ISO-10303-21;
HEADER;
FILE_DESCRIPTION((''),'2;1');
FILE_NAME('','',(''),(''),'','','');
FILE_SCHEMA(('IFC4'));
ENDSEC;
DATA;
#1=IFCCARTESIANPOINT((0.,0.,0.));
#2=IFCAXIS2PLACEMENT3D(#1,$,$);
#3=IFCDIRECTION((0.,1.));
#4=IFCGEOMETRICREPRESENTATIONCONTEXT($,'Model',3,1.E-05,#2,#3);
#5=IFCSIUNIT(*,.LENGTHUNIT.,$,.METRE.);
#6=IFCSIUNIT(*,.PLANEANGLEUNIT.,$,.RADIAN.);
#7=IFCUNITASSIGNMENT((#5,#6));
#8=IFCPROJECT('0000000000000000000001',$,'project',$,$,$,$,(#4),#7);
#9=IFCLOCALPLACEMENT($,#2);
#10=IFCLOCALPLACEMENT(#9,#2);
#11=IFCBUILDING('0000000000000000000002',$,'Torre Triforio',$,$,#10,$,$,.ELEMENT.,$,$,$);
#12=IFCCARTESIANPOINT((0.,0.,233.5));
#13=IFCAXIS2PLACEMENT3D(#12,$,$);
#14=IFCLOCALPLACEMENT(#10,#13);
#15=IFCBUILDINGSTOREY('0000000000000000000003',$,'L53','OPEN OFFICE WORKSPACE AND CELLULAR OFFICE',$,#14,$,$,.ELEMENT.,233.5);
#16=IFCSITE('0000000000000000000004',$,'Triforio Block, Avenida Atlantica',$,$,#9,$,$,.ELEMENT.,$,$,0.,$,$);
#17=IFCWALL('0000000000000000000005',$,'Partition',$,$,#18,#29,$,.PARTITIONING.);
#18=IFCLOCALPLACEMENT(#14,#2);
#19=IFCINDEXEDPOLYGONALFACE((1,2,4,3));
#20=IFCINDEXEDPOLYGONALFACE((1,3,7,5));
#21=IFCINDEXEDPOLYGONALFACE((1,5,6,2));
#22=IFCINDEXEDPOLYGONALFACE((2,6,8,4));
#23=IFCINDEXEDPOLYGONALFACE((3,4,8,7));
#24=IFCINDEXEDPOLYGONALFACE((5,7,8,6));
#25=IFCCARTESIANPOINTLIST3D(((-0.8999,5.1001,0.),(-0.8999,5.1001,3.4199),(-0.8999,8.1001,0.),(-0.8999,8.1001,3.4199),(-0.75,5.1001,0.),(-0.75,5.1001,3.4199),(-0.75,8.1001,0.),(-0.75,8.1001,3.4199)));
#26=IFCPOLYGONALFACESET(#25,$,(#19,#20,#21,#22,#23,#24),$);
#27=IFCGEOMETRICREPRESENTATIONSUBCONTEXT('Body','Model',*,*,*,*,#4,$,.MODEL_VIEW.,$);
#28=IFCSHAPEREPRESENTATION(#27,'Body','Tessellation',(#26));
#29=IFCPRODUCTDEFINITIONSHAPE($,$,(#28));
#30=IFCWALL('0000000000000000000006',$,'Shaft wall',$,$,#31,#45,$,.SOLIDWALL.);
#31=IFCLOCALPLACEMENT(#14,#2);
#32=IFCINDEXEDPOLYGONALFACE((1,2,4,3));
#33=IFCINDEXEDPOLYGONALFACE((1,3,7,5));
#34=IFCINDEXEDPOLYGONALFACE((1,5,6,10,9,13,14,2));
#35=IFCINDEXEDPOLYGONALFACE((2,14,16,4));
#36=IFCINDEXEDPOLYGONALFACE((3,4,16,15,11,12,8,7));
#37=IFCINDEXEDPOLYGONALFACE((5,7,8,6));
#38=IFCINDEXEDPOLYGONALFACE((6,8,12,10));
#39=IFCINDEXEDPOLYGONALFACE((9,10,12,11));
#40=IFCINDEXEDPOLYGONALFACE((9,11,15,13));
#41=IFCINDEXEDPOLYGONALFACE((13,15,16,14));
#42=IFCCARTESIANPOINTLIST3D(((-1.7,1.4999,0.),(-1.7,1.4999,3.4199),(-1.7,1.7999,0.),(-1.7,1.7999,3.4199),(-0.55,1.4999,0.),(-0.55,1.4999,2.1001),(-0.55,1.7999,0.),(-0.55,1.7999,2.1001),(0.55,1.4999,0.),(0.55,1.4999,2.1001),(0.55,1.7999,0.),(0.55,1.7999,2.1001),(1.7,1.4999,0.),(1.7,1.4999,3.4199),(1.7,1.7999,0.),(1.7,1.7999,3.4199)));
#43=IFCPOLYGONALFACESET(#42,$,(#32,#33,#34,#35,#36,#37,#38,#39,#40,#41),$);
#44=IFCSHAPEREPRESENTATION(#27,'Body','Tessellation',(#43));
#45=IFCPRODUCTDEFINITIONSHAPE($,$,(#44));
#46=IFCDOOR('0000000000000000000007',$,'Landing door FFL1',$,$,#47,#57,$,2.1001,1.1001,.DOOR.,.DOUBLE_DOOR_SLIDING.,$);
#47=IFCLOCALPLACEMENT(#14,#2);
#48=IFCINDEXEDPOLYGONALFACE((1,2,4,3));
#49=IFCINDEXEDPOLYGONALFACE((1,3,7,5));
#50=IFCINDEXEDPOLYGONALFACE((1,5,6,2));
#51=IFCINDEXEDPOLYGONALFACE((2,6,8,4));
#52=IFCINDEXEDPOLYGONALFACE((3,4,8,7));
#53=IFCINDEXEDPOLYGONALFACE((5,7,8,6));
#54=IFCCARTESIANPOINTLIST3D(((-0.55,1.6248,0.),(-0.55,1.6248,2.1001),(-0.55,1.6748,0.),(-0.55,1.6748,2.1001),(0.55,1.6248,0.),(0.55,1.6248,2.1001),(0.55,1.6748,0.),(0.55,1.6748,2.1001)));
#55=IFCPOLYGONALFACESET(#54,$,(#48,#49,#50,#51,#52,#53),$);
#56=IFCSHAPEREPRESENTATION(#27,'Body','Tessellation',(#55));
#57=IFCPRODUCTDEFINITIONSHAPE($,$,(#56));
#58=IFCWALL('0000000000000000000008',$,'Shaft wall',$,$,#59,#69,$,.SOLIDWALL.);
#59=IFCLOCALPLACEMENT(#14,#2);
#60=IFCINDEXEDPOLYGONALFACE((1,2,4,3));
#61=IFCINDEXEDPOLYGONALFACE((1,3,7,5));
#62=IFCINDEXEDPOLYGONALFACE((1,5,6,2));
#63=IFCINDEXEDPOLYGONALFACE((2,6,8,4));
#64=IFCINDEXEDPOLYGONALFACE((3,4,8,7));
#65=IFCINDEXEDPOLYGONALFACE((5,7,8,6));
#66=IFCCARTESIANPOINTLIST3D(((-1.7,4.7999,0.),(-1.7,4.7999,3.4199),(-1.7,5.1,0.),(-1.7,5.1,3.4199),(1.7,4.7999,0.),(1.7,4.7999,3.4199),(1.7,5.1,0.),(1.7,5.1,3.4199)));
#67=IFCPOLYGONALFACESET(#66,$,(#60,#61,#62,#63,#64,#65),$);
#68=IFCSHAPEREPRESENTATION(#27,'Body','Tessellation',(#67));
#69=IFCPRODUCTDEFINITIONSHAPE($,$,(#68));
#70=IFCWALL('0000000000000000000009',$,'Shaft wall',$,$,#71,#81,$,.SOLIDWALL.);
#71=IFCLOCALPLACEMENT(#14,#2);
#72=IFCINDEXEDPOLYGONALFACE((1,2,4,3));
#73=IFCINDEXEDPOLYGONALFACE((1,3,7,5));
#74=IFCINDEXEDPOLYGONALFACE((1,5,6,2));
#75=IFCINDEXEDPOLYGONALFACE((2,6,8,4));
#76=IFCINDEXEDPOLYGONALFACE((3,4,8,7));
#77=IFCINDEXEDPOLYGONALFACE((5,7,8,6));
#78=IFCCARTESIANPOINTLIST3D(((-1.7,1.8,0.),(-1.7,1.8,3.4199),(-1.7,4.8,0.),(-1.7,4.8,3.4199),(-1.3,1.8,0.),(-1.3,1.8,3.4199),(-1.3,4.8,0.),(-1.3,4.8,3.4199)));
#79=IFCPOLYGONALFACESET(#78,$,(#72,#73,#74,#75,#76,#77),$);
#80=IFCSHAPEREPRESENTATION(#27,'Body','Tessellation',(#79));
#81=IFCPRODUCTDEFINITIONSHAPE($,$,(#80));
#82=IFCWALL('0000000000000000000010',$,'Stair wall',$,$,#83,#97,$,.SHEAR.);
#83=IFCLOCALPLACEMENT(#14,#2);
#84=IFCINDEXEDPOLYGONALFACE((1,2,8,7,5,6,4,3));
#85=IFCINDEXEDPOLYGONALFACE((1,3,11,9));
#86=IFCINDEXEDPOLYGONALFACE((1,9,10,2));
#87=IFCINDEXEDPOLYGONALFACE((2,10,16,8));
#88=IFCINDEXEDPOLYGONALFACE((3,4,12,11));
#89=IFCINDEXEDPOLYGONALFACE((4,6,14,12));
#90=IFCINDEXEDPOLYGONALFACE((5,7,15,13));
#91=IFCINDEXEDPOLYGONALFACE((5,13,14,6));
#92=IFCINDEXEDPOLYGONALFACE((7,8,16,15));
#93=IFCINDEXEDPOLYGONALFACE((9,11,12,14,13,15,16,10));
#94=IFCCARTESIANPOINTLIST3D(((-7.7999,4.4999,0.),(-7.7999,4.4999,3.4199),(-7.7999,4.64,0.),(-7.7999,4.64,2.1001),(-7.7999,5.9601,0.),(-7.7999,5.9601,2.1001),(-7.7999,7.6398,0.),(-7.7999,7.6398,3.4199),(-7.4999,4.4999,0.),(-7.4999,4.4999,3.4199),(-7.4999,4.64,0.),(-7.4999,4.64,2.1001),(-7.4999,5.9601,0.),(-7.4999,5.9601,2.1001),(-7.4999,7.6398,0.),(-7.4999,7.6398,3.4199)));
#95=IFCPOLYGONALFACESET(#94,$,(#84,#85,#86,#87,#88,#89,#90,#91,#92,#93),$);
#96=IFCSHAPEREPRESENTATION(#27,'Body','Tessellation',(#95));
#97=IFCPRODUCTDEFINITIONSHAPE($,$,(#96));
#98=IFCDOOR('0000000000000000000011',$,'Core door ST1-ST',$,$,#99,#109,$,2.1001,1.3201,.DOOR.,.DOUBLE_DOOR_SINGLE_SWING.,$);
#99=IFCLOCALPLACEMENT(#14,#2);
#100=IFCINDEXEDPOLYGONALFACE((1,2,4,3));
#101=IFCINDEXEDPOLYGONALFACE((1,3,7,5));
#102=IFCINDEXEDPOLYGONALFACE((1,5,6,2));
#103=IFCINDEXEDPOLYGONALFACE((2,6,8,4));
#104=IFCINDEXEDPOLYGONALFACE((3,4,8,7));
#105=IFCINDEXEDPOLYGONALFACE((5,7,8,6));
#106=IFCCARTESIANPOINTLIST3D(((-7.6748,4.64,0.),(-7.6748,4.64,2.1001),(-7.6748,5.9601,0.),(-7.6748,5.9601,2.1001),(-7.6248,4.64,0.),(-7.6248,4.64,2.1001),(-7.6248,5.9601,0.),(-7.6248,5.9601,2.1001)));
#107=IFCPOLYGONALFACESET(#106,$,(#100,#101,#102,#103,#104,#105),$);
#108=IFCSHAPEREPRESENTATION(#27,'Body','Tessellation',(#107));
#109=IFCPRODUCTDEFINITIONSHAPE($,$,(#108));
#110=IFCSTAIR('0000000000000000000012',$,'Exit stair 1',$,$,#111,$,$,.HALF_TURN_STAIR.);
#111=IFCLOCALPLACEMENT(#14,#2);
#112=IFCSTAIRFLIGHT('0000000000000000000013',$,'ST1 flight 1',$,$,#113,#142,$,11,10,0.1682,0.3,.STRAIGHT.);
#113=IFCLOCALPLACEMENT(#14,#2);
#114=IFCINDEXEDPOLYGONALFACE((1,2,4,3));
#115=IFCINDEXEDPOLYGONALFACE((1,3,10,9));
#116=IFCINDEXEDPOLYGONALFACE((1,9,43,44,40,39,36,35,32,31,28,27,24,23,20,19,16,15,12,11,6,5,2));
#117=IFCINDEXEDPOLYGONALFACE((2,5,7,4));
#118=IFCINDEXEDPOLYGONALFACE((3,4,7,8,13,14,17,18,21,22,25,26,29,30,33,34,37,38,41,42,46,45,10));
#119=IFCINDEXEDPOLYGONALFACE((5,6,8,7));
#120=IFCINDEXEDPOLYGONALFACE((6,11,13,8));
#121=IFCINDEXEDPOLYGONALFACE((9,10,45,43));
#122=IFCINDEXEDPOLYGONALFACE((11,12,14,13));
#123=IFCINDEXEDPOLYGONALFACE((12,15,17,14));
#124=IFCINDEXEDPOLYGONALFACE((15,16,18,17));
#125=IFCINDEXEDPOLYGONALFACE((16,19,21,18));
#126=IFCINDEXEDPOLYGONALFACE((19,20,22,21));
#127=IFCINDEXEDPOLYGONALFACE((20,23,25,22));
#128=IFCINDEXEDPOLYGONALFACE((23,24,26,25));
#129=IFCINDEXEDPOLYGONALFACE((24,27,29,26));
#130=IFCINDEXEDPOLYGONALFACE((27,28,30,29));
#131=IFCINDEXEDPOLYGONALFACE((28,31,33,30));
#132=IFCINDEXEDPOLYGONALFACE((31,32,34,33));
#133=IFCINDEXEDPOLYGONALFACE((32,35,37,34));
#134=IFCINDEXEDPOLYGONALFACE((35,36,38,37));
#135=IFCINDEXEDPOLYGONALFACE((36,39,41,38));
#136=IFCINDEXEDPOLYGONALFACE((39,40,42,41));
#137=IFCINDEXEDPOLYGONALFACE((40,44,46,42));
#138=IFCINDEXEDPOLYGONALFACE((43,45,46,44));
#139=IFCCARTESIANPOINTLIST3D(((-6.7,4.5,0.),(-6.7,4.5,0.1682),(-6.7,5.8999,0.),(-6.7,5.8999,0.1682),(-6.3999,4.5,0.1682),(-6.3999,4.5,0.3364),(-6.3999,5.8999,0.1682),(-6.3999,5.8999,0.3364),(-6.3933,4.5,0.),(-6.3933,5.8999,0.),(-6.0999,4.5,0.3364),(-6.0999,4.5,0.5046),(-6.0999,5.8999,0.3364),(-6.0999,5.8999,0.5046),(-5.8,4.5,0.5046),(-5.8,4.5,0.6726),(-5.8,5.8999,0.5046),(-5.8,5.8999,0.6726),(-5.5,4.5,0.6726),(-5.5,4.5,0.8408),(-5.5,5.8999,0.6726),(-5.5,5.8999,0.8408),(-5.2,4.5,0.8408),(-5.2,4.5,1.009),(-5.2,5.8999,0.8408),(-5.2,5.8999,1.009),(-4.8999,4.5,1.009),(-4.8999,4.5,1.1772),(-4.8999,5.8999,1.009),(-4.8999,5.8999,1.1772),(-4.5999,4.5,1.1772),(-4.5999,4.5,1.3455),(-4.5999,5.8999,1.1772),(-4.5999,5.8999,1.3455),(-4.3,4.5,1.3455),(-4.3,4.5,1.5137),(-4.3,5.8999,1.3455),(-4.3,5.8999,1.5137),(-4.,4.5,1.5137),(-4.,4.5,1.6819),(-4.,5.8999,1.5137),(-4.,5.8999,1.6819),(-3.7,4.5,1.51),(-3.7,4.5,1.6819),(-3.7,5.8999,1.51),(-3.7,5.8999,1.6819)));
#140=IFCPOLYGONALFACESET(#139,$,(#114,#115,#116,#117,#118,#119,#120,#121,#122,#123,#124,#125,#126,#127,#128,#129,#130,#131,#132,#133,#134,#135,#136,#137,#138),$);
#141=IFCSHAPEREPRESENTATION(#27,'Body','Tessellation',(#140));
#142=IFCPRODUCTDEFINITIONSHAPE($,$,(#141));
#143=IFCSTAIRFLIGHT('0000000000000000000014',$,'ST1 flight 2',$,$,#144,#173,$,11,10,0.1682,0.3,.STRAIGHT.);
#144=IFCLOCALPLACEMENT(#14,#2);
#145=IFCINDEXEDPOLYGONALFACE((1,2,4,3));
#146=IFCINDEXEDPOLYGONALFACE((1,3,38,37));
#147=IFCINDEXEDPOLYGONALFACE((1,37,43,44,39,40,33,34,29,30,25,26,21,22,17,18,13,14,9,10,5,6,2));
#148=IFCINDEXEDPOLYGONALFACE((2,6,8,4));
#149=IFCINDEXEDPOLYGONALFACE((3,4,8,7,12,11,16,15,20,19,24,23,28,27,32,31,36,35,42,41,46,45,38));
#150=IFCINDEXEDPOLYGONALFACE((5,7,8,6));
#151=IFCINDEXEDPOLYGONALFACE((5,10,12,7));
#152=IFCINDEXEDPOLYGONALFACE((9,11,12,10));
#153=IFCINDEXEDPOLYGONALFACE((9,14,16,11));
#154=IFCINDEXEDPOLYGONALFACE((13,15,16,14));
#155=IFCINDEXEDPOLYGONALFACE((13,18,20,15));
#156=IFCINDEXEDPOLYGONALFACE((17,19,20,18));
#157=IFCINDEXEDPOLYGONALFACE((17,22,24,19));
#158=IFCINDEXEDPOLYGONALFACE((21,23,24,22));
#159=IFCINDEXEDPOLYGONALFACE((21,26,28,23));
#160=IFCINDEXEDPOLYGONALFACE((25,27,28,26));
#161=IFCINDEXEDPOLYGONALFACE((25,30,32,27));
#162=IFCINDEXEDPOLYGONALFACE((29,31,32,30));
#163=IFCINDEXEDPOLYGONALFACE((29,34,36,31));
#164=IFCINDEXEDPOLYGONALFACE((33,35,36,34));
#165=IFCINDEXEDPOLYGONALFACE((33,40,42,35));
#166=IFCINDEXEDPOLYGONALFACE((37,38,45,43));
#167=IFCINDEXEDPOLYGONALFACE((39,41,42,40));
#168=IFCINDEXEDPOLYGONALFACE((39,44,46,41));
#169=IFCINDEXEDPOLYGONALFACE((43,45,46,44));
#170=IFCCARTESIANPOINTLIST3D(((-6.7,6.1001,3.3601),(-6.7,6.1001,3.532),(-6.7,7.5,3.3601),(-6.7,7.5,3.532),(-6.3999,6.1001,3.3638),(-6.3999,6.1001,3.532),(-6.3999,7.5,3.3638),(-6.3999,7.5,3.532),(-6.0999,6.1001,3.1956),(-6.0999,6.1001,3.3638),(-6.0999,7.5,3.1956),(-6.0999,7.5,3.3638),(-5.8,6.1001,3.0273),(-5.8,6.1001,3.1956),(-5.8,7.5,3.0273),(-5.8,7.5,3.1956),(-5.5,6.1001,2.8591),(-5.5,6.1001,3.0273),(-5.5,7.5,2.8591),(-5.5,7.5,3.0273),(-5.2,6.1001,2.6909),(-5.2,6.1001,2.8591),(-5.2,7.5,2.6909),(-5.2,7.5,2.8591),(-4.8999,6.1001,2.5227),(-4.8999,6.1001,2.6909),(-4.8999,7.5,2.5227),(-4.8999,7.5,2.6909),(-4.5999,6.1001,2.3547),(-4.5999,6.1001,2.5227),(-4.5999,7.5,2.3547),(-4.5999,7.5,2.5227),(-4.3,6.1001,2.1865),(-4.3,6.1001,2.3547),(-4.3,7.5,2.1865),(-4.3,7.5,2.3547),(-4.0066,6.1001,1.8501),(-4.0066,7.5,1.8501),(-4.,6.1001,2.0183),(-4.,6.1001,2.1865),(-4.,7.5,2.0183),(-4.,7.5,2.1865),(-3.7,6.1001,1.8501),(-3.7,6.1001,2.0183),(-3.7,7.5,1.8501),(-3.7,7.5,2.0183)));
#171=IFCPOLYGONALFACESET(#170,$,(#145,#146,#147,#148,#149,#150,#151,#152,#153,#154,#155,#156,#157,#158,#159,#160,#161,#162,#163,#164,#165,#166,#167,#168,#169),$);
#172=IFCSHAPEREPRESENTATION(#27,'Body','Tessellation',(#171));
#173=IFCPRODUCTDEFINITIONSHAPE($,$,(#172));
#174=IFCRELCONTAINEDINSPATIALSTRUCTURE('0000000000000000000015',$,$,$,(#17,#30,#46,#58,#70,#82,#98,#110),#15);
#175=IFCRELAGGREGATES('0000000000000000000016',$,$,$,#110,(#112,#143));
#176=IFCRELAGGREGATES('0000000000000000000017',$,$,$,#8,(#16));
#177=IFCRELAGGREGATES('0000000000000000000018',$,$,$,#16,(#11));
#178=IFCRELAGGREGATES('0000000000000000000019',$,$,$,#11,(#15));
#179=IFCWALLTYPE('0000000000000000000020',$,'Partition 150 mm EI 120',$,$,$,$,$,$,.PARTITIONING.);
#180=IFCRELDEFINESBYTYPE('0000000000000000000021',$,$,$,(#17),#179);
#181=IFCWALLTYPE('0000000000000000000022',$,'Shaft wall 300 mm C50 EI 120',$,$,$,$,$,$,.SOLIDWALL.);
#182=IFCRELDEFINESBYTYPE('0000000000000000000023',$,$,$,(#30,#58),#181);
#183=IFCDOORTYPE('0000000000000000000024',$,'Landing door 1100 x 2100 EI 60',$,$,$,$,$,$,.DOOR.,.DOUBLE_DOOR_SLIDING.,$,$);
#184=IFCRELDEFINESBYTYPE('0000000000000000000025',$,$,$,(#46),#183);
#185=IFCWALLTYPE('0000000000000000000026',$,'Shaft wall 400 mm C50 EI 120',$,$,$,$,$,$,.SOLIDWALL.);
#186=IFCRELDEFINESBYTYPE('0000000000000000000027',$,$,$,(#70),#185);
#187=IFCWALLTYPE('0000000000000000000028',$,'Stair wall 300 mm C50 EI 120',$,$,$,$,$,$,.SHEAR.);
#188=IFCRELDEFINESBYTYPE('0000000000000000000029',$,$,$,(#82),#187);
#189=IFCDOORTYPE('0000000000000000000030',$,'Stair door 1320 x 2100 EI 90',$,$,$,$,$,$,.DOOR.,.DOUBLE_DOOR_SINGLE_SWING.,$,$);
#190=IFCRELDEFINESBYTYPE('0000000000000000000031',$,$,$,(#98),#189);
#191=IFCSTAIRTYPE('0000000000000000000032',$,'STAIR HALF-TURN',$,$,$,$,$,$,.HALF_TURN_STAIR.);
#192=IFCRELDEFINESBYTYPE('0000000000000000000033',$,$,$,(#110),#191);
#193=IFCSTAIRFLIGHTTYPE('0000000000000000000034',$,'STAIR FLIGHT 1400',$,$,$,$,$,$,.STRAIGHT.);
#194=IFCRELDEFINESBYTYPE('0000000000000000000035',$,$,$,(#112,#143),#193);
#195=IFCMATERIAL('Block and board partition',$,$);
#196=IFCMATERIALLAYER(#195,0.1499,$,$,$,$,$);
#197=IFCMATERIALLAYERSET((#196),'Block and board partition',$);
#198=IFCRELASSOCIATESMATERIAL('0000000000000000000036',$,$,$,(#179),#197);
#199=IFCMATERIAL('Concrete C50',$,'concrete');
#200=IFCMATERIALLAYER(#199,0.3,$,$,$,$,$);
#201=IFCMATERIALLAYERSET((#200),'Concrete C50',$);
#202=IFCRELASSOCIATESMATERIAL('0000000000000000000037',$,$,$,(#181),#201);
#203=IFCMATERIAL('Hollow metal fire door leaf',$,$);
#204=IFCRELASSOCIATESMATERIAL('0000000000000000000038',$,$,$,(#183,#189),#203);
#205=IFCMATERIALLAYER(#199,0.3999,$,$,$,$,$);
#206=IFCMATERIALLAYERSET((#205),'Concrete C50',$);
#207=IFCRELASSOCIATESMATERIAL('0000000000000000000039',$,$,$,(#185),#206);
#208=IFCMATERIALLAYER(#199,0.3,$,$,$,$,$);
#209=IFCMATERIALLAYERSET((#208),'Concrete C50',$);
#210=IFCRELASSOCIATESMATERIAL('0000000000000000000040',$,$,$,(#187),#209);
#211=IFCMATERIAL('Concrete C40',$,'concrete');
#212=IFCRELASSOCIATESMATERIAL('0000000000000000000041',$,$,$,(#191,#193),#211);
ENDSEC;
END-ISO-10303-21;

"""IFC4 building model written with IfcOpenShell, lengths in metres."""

from ifc_helpers import new_model, si_unit, direction, frame, frame_2d, origin, place, context, subcontext, project, spatial, polyline, rectangle, outline, extrude, material, layer, layer_set, type_object, element, fill, aggregate, save


model = new_model("IFC4")

# Units and contexts
model_context = context("Model", 3, precision=1e-05, world=origin(), true_north=direction((0.0, 1.0)))
body_context = subcontext(model_context, "Body", "Model", "MODEL_VIEW")
ifc_project = project(units=[si_unit("LENGTHUNIT", "METRE"), si_unit("PLANEANGLEUNIT", "RADIAN")], contexts=[model_context])

# Site, building, storey
site_placement = place(None, origin())
site = spatial("IfcSite", under=ifc_project, at=site_placement, Name="Triforio Block, Avenida Atlantica", CompositionType="ELEMENT", RefElevation=0.0)
building_placement = place(site_placement, origin())
building = spatial("IfcBuilding", under=site, at=building_placement, Name="Torre Triforio", CompositionType="ELEMENT")
storey_placement = place(building_placement, frame((0.0, 0.0, 233.5)))
storey = spatial("IfcBuildingStorey", under=building, at=storey_placement, Name="L53", Description="OPEN OFFICE WORKSPACE AND CELLULAR OFFICE", CompositionType="ELEMENT", Elevation=233.5)

# Shared definitions
ifc_material_1 = material(Name="Concrete C40", Category="concrete")

# Wall
ifc_material_2 = material(Name="Concrete C50", Category="concrete")
ifc_material_3 = material(Name="Block and board partition")
ifc_layer_1 = layer(ifc_material_3, 0.1499)
ifc_layer_set_1 = layer_set([ifc_layer_1], Name="Block and board partition")
wall_type_1 = type_object("IfcWallType", Name="Partition 150 mm EI 120", PredefinedType="PARTITIONING", material=ifc_layer_set_1)
wall_1_placement = place(storey_placement, frame((-0.825, 5.1001, 0.0), z_axis=(0.0, 0.0, 1.0), x_axis=(0.0, 1.0, 0.0)))
element("IfcWall", 1, at=wall_1_placement, inside=storey, type_object=wall_type_1, Name="Partition", PredefinedType="PARTITIONING", context=body_context, shape_type="SweptSolid", body=[
    extrude(rectangle(XDim=3.0, YDim=0.1499, at=frame_2d((1.5, 0.0))), origin(), (0.0, 0.0, 1.0), 3.4199),
])

# Wall, opening, door
ifc_layer_2 = layer(ifc_material_2, 0.3)
ifc_layer_set_2 = layer_set([ifc_layer_2], Name="Concrete C50")
wall_type_2 = type_object("IfcWallType", Name="Shaft wall 300 mm C50 EI 120", PredefinedType="SOLIDWALL", material=ifc_layer_set_2)
wall_2_placement = place(storey_placement, frame((-1.7, 1.6499, 0.0), z_axis=(0.0, 0.0, 1.0), x_axis=(1.0, 0.0, 0.0)))
wall_2 = element("IfcWall", 2, at=wall_2_placement, inside=storey, type_object=wall_type_2, Name="Shaft wall", PredefinedType="SOLIDWALL", context=body_context, shape_type="SweptSolid", body=[
    extrude(rectangle(XDim=3.3999, YDim=0.3, at=frame_2d((1.7, 0.0))), origin(), (0.0, 0.0, 1.0), 3.4199),
])
opening_1_placement = place(wall_2_placement, frame((1.1499, 0.0, 0.0)))
opening_1 = element("IfcOpeningElement", 3, at=opening_1_placement, cuts=wall_2, PredefinedType="OPENING", context=body_context, shape_type="SweptSolid", body=[
    extrude(rectangle(XDim=1.1001, YDim=2.1001, at=frame_2d((0.55, 1.05))), frame((0.0, 0.1599, 0.0), z_axis=(0.0, -1.0, 0.0), x_axis=(1.0, 0.0, 0.0)), (0.0, 0.0, 1.0), 0.3201),
])
ifc_material_4 = material(Name="Hollow metal fire door leaf")
door_type_1 = type_object("IfcDoorType", Name="Landing door 1100 x 2100 EI 60", OperationType="DOUBLE_DOOR_SLIDING", PredefinedType="DOOR", material=ifc_material_4)
door_1_placement = place(opening_1_placement, origin())
door_1 = element("IfcDoor", 4, at=door_1_placement, inside=storey, type_object=door_type_1, Name="Landing door FFL1", OperationType="DOUBLE_DOOR_SLIDING", OverallHeight=2.1001, OverallWidth=1.1001, PredefinedType="DOOR", context=body_context, shape_type="SweptSolid", body=[
    extrude(rectangle(XDim=1.1001, YDim=2.1001, at=frame_2d((0.55, 1.05))), frame((0.0, 0.0249, 0.0), z_axis=(0.0, -1.0, 0.0), x_axis=(1.0, 0.0, 0.0)), (0.0, 0.0, 1.0), 0.05),
])
fill(opening_1, door_1)

# Walls
wall_3_placement = place(storey_placement, frame((-1.7, 4.95, 0.0), z_axis=(0.0, 0.0, 1.0), x_axis=(1.0, 0.0, 0.0)))
element("IfcWall", 5, at=wall_3_placement, inside=storey, type_object=wall_type_2, Name="Shaft wall", PredefinedType="SOLIDWALL", context=body_context, shape_type="SweptSolid", body=[
    extrude(rectangle(XDim=3.3999, YDim=0.3, at=frame_2d((1.7, 0.0))), origin(), (0.0, 0.0, 1.0), 3.4199),
])
ifc_layer_3 = layer(ifc_material_2, 0.3999)
ifc_layer_set_3 = layer_set([ifc_layer_3], Name="Concrete C50")
wall_type_3 = type_object("IfcWallType", Name="Shaft wall 400 mm C50 EI 120", PredefinedType="SOLIDWALL", material=ifc_layer_set_3)
wall_4_placement = place(storey_placement, frame((-1.5, 1.8, 0.0), z_axis=(0.0, 0.0, 1.0), x_axis=(0.0, 1.0, 0.0)))
element("IfcWall", 6, at=wall_4_placement, inside=storey, type_object=wall_type_3, Name="Shaft wall", PredefinedType="SOLIDWALL", context=body_context, shape_type="SweptSolid", body=[
    extrude(rectangle(XDim=3.0, YDim=0.3999, at=frame_2d((1.5, 0.0))), origin(), (0.0, 0.0, 1.0), 3.4199),
])

# Wall, opening, door
ifc_layer_4 = layer(ifc_material_2, 0.3)
ifc_layer_set_4 = layer_set([ifc_layer_4], Name="Concrete C50")
wall_type_4 = type_object("IfcWallType", Name="Stair wall 300 mm C50 EI 120", PredefinedType="SHEAR", material=ifc_layer_set_4)
wall_5_placement = place(storey_placement, frame((-7.6499, 4.5, 0.0), z_axis=(0.0, 0.0, 1.0), x_axis=(0.0, 1.0, 0.0)))
wall_5 = element("IfcWall", 7, at=wall_5_placement, inside=storey, type_object=wall_type_4, Name="Stair wall", PredefinedType="SHEAR", context=body_context, shape_type="SweptSolid", body=[
    extrude(rectangle(XDim=3.1399, YDim=0.3, at=frame_2d((1.5698, 0.0))), origin(), (0.0, 0.0, 1.0), 3.4199),
])
opening_2_placement = place(wall_5_placement, frame((0.1399, 0.0, 0.0)))
opening_2 = element("IfcOpeningElement", 8, at=opening_2_placement, cuts=wall_5, PredefinedType="OPENING", context=body_context, shape_type="SweptSolid", body=[
    extrude(rectangle(XDim=1.3201, YDim=2.1001, at=frame_2d((0.6602, 1.05))), frame((0.0, 0.1599, 0.0), z_axis=(0.0, -1.0, 0.0), x_axis=(1.0, 0.0, 0.0)), (0.0, 0.0, 1.0), 0.3201),
])
door_type_2 = type_object("IfcDoorType", Name="Stair door 1320 x 2100 EI 90", OperationType="DOUBLE_DOOR_SINGLE_SWING", PredefinedType="DOOR", material=ifc_material_4)
door_2_placement = place(opening_2_placement, origin())
door_2 = element("IfcDoor", 9, at=door_2_placement, inside=storey, type_object=door_type_2, Name="Core door ST1-ST", OperationType="DOUBLE_DOOR_SINGLE_SWING", OverallHeight=2.1001, OverallWidth=1.3201, PredefinedType="DOOR", context=body_context, shape_type="SweptSolid", body=[
    extrude(rectangle(XDim=1.3201, YDim=2.1001, at=frame_2d((0.6602, 1.05))), frame((0.0, 0.0249, 0.0), z_axis=(0.0, -1.0, 0.0), x_axis=(1.0, 0.0, 0.0)), (0.0, 0.0, 1.0), 0.05),
])
fill(opening_2, door_2)

# Stair, stair flights
stair_type = type_object("IfcStairType", Name="STAIR HALF-TURN", PredefinedType="HALF_TURN_STAIR", material=ifc_material_1)
stair_placement = place(storey_placement, origin())
stair = element("IfcStair", 10, at=stair_placement, inside=storey, type_object=stair_type, Name="Exit stair 1", PredefinedType="HALF_TURN_STAIR")
stair_flight_type = type_object("IfcStairFlightType", Name="STAIR FLIGHT 1400", PredefinedType="STRAIGHT", material=ifc_material_1)
stair_flight_1_placement = place(storey_placement, frame((-6.7, 5.2, 0.0), z_axis=(0.0, 0.0, 1.0), x_axis=(1.0, 0.0, 0.0)))
stair_flight_1 = element("IfcStairFlight", 11, at=stair_flight_1_placement, type_object=stair_flight_type, Name="ST1 flight 1", NumberOfRisers=11, NumberOfTreads=10, PredefinedType="STRAIGHT", RiserHeight=0.1682, TreadLength=0.3, context=body_context, shape_type="SweptSolid", body=[
    extrude(outline(polyline([(0.0, 0.0), (0.0, 0.1682), (0.3, 0.1682), (0.3, 0.3364), (0.6001, 0.3364), (0.6001, 0.5046), (0.8999, 0.5046), (0.8999, 0.6726), (1.2, 0.6726), (1.2, 0.8408), (1.5, 0.8408), (1.5, 1.009), (1.8, 1.009), (1.8, 1.1772), (2.1001, 1.1772), (2.1001, 1.3455), (2.3999, 1.3455), (2.3999, 1.5137), (2.7, 1.5137), (2.7, 1.6819), (3.0, 1.6819), (3.0, 1.8501), (3.0, 1.51), (0.3066, 0.0), (0.0, 0.0)])), frame((0.0, 0.7, 0.0), z_axis=(0.0, -1.0, 0.0), x_axis=(1.0, 0.0, 0.0)), (0.0, 0.0, 1.0), 1.3999),
])
stair_flight_2_placement = place(storey_placement, frame((-3.7, 6.8, 1.8501), z_axis=(0.0, 0.0, 1.0), x_axis=(-1.0, 0.0, 0.0)))
stair_flight_2 = element("IfcStairFlight", 12, at=stair_flight_2_placement, type_object=stair_flight_type, Name="ST1 flight 2", NumberOfRisers=11, NumberOfTreads=10, PredefinedType="STRAIGHT", RiserHeight=0.1682, TreadLength=0.3, context=body_context, shape_type="SweptSolid", body=[
    extrude(outline(polyline([(0.0, 0.0), (0.0, 0.1682), (0.3, 0.1682), (0.3, 0.3364), (0.6001, 0.3364), (0.6001, 0.5046), (0.8999, 0.5046), (0.8999, 0.6726), (1.2, 0.6726), (1.2, 0.8408), (1.5, 0.8408), (1.5, 1.009), (1.8, 1.009), (1.8, 1.1772), (2.1001, 1.1772), (2.1001, 1.3455), (2.3999, 1.3455), (2.3999, 1.5137), (2.7, 1.5137), (2.7, 1.6819), (3.0, 1.6819), (3.0, 1.8501), (3.0, 1.51), (0.3066, 0.0), (0.0, 0.0)])), frame((0.0, 0.7, 0.0), z_axis=(0.0, -1.0, 0.0), x_axis=(1.0, 0.0, 0.0)), (0.0, 0.0, 1.0), 1.3999),
])
aggregate(stair, [stair_flight_1, stair_flight_2])

save(model, "model.ifc")
